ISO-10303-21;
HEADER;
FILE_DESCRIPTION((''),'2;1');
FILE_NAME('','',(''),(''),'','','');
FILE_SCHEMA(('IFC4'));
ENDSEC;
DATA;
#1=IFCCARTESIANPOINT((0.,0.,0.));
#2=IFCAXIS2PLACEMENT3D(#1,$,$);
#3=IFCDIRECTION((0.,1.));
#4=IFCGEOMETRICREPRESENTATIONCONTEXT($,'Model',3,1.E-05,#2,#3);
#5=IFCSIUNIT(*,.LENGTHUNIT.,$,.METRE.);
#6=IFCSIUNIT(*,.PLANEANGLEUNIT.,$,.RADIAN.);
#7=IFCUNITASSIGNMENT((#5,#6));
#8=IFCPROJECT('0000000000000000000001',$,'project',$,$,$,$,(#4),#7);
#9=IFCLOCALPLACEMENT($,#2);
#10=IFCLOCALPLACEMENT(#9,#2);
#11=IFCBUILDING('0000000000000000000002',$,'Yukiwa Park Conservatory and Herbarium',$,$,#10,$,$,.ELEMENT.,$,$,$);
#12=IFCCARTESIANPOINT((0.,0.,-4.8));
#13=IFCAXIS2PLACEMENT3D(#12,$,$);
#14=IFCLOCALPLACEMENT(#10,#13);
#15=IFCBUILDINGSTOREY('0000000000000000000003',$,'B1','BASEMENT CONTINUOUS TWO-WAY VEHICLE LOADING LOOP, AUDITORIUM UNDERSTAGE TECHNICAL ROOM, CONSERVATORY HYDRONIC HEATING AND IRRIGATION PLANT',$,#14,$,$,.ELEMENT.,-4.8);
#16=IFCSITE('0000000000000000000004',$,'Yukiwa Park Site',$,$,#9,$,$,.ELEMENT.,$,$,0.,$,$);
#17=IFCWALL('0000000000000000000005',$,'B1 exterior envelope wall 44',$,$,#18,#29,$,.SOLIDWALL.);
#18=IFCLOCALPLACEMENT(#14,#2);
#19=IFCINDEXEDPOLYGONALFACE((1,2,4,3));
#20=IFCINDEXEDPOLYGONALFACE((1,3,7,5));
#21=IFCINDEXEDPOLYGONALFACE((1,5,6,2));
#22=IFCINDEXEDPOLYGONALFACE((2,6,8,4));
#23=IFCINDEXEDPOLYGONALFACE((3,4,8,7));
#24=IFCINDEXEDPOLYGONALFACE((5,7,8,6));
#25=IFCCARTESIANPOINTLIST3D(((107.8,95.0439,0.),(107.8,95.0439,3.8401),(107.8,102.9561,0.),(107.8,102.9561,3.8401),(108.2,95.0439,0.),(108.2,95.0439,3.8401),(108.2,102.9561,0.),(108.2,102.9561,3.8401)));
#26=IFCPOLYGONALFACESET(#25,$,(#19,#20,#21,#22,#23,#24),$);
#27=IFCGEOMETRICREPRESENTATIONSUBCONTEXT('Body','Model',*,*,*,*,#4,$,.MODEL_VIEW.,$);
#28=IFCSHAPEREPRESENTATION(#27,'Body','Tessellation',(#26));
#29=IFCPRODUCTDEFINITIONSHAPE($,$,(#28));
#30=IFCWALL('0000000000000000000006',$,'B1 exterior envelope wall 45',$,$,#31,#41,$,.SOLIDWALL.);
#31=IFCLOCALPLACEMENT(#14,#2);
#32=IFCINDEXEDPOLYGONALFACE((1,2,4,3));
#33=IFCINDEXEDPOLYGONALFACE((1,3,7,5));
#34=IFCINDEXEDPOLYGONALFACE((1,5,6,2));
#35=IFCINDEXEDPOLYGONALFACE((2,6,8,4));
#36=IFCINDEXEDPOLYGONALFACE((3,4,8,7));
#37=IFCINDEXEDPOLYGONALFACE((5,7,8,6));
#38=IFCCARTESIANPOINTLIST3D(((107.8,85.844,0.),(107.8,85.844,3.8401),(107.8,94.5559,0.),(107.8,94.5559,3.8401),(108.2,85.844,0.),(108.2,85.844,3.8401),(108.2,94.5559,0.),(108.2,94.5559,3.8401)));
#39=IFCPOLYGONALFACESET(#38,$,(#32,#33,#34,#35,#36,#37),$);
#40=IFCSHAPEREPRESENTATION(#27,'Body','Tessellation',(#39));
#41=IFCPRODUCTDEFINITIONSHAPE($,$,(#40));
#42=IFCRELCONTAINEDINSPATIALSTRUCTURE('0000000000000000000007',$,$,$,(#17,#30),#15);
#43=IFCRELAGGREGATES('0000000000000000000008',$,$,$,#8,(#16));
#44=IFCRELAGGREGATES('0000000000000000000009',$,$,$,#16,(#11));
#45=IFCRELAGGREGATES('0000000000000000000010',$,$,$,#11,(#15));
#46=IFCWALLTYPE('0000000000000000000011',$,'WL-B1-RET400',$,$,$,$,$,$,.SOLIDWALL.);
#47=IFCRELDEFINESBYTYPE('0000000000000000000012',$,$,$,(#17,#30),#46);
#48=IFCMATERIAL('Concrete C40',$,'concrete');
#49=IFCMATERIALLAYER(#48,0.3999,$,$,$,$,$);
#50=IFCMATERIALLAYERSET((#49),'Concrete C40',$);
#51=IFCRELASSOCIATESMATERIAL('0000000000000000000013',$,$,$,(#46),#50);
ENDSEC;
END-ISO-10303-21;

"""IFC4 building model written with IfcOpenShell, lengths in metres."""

from ifc_helpers import new_model, si_unit, direction, frame, frame_2d, origin, place, context, subcontext, project, spatial, rectangle, extrude, material, layer, layer_set, type_object, element, save


model = new_model("IFC4")

# Units and contexts
model_context = context("Model", 3, precision=1e-05, world=origin(), true_north=direction((0.0, 1.0)))
body_context = subcontext(model_context, "Body", "Model", "MODEL_VIEW")
ifc_project = project(units=[si_unit("LENGTHUNIT", "METRE"), si_unit("PLANEANGLEUNIT", "RADIAN")], contexts=[model_context])

# Site, building, storey
site_placement = place(None, origin())
site = spatial("IfcSite", under=ifc_project, at=site_placement, Name="Yukiwa Park Site", CompositionType="ELEMENT", RefElevation=0.0)
building_placement = place(site_placement, origin())
building = spatial("IfcBuilding", under=site, at=building_placement, Name="Yukiwa Park Conservatory and Herbarium", CompositionType="ELEMENT")
storey_placement = place(building_placement, frame((0.0, 0.0, -4.8)))
storey = spatial("IfcBuildingStorey", under=building, at=storey_placement, Name="B1", Description="BASEMENT CONTINUOUS TWO-WAY VEHICLE LOADING LOOP, AUDITORIUM UNDERSTAGE TECHNICAL ROOM, CONSERVATORY HYDRONIC HEATING AND IRRIGATION PLANT", CompositionType="ELEMENT", Elevation=-4.8)

# Walls
ifc_material_1 = material(Name="Concrete C40", Category="concrete")
ifc_layer = layer(ifc_material_1, 0.3999)
ifc_layer_set = layer_set([ifc_layer], Name="Concrete C40")
wall_type = type_object("IfcWallType", Name="WL-B1-RET400", PredefinedType="SOLIDWALL", material=ifc_layer_set)
wall_1_placement = place(storey_placement, frame((108.0, 102.9561, 0.0), z_axis=(0.0, 0.0, 1.0), x_axis=(0.0, -1.0, 0.0)))
element("IfcWall", 1, at=wall_1_placement, inside=storey, type_object=wall_type, Name="B1 exterior envelope wall 44", PredefinedType="SOLIDWALL", context=body_context, shape_type="SweptSolid", body=[
    extrude(rectangle(XDim=7.9121, YDim=0.3999, at=frame_2d((3.9561, 0.0))), origin(), (0.0, 0.0, 1.0), 3.8401),
])
wall_2_placement = place(storey_placement, frame((108.0, 94.5559, 0.0), z_axis=(0.0, 0.0, 1.0), x_axis=(0.0, -1.0, 0.0)))
element("IfcWall", 2, at=wall_2_placement, inside=storey, type_object=wall_type, Name="B1 exterior envelope wall 45", PredefinedType="SOLIDWALL", context=body_context, shape_type="SweptSolid", body=[
    extrude(rectangle(XDim=8.7119, YDim=0.3999, at=frame_2d((4.356, 0.0))), origin(), (0.0, 0.0, 1.0), 3.8401),
])

save(model, "model.ifc")
